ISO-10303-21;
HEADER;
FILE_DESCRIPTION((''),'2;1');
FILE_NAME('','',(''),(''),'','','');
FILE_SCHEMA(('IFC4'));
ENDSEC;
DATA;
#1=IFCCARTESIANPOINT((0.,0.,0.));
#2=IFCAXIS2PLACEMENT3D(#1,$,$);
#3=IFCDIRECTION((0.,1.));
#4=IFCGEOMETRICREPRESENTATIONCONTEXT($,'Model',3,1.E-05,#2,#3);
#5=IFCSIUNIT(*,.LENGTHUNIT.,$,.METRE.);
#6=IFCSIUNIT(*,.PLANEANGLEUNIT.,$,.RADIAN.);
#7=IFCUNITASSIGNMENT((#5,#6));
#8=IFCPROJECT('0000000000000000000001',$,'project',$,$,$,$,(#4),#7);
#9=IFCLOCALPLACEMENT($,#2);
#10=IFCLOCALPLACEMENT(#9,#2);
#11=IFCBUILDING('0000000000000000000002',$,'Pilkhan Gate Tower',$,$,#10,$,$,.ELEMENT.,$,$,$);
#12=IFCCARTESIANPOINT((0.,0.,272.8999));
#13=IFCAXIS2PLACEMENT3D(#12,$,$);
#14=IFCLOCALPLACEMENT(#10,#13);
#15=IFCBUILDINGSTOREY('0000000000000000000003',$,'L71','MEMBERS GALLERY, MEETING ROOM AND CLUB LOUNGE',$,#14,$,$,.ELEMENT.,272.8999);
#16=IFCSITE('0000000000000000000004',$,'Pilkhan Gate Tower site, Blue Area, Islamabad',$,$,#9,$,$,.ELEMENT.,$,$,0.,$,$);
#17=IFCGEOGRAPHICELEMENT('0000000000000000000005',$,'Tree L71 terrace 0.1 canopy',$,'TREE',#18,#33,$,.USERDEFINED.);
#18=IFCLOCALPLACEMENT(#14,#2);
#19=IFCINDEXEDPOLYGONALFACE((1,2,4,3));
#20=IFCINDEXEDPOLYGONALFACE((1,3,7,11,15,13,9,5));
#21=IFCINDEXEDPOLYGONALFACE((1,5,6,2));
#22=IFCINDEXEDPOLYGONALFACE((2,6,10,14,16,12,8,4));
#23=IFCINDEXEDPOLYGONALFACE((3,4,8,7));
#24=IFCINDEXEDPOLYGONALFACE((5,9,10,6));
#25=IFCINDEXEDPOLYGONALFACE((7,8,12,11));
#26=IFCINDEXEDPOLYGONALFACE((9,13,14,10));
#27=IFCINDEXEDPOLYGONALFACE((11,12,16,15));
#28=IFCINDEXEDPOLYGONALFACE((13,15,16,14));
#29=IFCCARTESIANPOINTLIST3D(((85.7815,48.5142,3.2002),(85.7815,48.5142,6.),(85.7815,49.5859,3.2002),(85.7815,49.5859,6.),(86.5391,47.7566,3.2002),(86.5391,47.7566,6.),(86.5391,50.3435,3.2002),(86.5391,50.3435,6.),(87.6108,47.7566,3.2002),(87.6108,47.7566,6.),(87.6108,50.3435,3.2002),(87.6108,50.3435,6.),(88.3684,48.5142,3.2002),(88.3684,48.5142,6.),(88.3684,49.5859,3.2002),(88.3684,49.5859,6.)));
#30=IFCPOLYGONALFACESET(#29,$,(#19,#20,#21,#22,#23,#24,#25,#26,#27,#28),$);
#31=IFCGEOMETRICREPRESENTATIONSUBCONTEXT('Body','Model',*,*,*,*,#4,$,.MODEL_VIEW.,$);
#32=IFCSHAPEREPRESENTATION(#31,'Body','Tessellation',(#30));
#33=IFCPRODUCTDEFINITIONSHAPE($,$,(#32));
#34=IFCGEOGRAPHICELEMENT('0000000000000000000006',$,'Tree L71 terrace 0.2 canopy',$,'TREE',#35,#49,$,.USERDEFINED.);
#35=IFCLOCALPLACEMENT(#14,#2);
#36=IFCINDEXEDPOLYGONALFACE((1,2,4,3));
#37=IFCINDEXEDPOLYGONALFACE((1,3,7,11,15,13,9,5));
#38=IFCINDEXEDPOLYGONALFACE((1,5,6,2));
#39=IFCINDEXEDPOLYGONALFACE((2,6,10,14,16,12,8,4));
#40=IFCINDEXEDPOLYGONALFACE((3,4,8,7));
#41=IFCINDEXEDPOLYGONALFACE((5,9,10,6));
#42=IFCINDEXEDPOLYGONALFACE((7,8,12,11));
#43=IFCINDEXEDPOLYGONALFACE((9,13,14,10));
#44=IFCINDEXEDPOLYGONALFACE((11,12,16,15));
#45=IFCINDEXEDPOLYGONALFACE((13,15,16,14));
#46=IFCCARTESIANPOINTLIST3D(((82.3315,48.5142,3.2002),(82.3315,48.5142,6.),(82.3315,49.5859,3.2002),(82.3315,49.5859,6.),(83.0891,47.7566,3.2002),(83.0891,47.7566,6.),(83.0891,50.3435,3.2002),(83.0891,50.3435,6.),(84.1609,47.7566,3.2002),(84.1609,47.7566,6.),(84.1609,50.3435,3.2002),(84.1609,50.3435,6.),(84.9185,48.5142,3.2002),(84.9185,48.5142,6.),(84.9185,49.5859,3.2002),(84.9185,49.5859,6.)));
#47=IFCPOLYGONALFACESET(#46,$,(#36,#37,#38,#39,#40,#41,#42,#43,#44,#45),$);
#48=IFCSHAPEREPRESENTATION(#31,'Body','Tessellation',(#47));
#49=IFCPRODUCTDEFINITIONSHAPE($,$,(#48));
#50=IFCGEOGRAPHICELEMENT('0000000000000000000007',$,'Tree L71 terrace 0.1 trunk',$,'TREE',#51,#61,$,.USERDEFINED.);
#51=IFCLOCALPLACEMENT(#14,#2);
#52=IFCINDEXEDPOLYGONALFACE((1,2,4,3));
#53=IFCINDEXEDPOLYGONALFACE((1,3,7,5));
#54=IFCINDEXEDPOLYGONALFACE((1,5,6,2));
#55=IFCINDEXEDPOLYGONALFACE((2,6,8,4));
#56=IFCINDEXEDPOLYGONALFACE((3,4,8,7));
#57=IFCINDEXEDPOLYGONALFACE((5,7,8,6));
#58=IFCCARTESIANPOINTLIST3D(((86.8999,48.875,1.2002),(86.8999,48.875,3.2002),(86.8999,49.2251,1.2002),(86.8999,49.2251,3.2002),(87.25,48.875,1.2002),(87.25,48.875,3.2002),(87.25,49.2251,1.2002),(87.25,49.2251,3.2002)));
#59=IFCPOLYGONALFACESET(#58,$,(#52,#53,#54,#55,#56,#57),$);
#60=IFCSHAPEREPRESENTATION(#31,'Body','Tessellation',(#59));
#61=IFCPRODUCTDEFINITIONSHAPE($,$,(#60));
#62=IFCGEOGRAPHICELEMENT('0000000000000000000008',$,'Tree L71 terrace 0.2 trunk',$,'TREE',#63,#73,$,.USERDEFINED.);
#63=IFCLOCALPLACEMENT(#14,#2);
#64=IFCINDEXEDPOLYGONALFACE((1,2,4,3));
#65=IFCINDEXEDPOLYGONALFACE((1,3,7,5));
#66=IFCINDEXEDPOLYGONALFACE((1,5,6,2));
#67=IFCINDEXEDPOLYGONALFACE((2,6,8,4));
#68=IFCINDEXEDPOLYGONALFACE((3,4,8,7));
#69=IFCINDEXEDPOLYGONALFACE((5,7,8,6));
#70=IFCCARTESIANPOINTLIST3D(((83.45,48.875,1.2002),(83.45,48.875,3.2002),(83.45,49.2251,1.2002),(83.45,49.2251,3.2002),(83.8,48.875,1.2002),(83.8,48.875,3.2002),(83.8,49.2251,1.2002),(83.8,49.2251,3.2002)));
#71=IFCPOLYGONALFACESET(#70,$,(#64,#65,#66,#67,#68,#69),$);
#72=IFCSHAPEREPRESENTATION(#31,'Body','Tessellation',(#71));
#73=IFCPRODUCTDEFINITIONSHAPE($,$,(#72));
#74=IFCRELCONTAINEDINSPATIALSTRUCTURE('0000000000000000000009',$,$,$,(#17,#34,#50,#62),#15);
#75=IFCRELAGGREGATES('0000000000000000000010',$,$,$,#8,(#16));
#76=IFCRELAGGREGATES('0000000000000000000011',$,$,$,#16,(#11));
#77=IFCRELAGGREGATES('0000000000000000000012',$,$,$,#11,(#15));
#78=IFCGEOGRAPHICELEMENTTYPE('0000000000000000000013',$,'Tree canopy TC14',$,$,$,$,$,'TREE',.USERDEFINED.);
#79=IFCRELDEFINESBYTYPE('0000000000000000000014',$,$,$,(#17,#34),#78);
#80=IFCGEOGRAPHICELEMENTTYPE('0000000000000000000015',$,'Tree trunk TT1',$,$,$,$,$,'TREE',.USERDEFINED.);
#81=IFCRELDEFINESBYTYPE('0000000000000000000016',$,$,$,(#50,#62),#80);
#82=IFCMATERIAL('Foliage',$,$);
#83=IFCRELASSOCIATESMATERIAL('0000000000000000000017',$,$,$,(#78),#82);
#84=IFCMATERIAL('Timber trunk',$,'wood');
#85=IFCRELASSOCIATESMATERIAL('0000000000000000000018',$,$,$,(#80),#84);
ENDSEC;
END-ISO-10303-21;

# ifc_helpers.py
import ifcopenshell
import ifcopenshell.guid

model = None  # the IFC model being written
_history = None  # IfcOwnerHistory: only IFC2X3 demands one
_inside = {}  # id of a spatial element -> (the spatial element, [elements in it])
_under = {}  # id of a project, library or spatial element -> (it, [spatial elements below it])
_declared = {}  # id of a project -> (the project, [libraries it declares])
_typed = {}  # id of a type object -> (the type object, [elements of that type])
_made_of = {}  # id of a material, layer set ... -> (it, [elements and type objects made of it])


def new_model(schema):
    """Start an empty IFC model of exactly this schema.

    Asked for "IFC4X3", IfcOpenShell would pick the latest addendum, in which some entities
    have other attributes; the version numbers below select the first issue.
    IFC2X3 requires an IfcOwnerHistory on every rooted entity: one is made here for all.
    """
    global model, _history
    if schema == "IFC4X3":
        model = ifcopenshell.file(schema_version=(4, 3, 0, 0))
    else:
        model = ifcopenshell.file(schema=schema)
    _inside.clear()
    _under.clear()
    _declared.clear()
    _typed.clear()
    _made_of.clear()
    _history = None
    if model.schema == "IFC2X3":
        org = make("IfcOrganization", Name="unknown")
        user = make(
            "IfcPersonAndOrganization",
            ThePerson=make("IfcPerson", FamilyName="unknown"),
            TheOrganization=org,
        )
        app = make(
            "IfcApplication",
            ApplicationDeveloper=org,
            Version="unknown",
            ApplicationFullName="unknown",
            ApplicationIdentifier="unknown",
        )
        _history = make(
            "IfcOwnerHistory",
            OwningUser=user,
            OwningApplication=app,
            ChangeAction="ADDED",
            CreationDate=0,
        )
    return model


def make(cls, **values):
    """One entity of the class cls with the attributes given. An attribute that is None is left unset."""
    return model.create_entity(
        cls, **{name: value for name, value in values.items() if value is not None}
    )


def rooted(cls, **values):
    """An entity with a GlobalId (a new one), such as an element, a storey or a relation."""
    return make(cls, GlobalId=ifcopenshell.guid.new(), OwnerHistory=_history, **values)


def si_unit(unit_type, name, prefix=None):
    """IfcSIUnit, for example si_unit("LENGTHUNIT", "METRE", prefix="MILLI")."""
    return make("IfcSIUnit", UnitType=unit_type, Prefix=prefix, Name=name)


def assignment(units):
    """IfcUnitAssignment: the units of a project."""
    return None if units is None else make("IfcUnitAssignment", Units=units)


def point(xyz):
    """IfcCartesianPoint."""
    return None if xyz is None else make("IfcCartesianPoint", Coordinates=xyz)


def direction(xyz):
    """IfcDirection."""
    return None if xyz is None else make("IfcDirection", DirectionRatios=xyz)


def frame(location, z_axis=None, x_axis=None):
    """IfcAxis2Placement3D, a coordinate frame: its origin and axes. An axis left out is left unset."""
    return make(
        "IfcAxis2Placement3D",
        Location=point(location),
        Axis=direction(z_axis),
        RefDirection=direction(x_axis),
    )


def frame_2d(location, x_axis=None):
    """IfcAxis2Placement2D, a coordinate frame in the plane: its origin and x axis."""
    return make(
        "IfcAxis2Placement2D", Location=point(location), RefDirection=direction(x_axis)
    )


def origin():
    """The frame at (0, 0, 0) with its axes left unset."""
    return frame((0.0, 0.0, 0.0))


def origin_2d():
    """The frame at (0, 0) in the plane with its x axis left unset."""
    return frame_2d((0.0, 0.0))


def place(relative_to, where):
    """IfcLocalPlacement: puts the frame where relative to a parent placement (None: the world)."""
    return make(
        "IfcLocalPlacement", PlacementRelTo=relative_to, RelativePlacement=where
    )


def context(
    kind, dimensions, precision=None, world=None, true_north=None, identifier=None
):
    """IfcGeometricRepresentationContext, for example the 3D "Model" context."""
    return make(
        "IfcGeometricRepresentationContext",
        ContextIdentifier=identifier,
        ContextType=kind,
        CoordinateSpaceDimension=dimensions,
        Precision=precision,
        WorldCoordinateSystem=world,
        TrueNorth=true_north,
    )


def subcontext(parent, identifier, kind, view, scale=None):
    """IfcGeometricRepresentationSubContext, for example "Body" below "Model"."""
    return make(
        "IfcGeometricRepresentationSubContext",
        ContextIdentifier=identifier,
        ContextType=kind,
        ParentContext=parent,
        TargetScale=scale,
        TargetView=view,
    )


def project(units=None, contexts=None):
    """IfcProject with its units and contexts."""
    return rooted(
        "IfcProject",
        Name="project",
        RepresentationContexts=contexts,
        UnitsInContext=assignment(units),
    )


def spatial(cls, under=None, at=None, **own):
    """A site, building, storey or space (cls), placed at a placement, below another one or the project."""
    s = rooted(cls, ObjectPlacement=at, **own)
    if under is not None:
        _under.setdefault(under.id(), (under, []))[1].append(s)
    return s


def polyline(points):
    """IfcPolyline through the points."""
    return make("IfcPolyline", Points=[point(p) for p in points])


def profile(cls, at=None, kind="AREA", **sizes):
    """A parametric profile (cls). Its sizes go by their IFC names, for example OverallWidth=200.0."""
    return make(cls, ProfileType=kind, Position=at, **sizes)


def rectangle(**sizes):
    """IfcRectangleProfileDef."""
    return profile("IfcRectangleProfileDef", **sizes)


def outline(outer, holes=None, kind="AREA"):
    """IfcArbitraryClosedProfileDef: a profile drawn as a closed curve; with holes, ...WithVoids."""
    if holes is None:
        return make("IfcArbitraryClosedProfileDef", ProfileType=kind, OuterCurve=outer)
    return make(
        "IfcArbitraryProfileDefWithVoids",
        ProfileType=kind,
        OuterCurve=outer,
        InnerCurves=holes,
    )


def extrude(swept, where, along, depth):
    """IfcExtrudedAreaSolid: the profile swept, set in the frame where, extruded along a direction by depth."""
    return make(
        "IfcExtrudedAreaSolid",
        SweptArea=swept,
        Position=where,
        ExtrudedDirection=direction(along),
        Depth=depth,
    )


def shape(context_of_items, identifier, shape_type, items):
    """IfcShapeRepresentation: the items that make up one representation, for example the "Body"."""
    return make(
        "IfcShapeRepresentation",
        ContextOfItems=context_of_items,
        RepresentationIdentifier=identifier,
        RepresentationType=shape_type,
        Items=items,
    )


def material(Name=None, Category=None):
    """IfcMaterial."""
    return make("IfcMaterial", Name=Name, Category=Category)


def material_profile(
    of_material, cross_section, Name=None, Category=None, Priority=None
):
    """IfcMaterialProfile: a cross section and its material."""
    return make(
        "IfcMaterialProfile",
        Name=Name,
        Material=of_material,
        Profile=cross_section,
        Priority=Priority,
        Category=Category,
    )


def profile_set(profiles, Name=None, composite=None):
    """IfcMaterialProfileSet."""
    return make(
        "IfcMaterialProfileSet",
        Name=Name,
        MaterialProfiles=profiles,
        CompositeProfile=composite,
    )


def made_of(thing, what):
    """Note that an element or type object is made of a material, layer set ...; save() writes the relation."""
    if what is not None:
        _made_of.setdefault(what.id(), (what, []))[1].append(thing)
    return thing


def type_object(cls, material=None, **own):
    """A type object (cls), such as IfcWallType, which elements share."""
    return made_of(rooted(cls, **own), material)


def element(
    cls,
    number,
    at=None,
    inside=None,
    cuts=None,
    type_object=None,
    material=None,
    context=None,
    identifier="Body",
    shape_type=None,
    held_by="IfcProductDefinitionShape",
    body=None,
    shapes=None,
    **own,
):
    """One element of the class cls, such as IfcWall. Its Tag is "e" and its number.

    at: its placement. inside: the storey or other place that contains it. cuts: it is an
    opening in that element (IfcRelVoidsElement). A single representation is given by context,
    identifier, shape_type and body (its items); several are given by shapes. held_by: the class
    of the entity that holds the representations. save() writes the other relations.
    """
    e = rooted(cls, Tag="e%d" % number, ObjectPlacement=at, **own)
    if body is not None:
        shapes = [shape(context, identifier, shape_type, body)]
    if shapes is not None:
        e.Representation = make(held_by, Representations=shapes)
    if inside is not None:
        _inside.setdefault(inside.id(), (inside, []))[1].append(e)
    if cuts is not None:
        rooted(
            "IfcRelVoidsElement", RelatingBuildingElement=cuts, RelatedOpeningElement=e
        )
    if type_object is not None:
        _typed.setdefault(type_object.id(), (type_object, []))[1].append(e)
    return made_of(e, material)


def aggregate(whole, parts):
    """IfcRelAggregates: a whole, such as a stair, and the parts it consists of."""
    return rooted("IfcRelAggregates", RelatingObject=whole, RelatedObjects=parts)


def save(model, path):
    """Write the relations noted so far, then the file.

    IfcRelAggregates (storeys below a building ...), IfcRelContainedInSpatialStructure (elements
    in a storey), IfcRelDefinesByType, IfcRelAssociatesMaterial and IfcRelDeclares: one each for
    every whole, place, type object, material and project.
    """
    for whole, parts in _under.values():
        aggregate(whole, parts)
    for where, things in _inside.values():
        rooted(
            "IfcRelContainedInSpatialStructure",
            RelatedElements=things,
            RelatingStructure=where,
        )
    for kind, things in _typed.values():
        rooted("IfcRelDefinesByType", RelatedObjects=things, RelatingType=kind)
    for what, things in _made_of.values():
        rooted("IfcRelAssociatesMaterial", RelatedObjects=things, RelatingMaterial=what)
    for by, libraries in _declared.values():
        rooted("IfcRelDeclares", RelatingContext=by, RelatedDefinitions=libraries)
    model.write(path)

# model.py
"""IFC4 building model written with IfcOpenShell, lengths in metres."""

from ifc_helpers import new_model, si_unit, direction, frame, origin, origin_2d, place, context, subcontext, project, spatial, polyline, rectangle, outline, extrude, material, material_profile, profile_set, type_object, element, save


model = new_model("IFC4")

# Units and contexts
model_context = context("Model", 3, precision=1e-05, world=origin(), true_north=direction((0.0, 1.0)))
body_context = subcontext(model_context, "Body", "Model", "MODEL_VIEW")
ifc_project = project(units=[si_unit("LENGTHUNIT", "METRE"), si_unit("PLANEANGLEUNIT", "RADIAN")], contexts=[model_context])

# Site, building, storey
site_placement = place(None, origin())
site = spatial("IfcSite", under=ifc_project, at=site_placement, Name="Pilkhan Gate Tower site, Blue Area, Islamabad", CompositionType="ELEMENT", RefElevation=0.0)
building_placement = place(site_placement, origin())
building = spatial("IfcBuilding", under=site, at=building_placement, Name="Pilkhan Gate Tower", CompositionType="ELEMENT")
storey_placement = place(building_placement, frame((0.0, 0.0, 272.8999)))
storey = spatial("IfcBuildingStorey", under=building, at=storey_placement, Name="L71", Description="MEMBERS GALLERY, MEETING ROOM AND CLUB LOUNGE", CompositionType="ELEMENT", Elevation=272.8999)

# Geographic elements
ifc_material_1 = material(Name="Foliage")
ifc_material_profile_1 = material_profile(ifc_material_1, outline(polyline([(1.2935, 0.5359), (0.5359, 1.2935), (-0.5359, 1.2935), (-1.2935, 0.5359), (-1.2935, -0.5359), (-0.5359, -1.2935), (0.5359, -1.2935), (1.2935, -0.5359), (1.2935, 0.5359)])), Name="Canopy D2.8")
ifc_profile_set_1 = profile_set([ifc_material_profile_1], Name="Foliage")
geographic_element_type_1 = type_object("IfcGeographicElementType", Name="Tree canopy TC14", ElementType="TREE", PredefinedType="USERDEFINED", material=ifc_profile_set_1)
for number, where, z_axis, x_axis, name in (
    (1, (87.075, 49.05, 3.2002), (0.0, 0.0, 1.0), (1.0, 0.0, 0.0), "Tree L71 terrace 0.1 canopy"),
    (2, (83.625, 49.05, 3.2002), (0.0, 0.0, 1.0), (1.0, 0.0, 0.0), "Tree L71 terrace 0.2 canopy"),
):
    element("IfcGeographicElement", number, at=place(storey_placement, frame(where, z_axis=z_axis, x_axis=x_axis)), inside=storey, type_object=geographic_element_type_1, Name=name, ObjectType="TREE", PredefinedType="USERDEFINED", context=body_context, shape_type="SweptSolid", body=[
        extrude(outline(polyline([(1.2935, 0.5359), (0.5359, 1.2935), (-0.5359, 1.2935), (-1.2935, 0.5359), (-1.2935, -0.5359), (-0.5359, -1.2935), (0.5359, -1.2935), (1.2935, -0.5359), (1.2935, 0.5359)])), origin(), (0.0, 0.0, 1.0), 2.7998),
    ])
ifc_material_2 = material(Name="Timber trunk", Category="wood")
geographic_element_type_2 = type_object("IfcGeographicElementType", Name="Tree trunk TT1", ElementType="TREE", PredefinedType="USERDEFINED", material=ifc_material_2)
for number, where, z_axis, x_axis, name in (
    (3, (87.075, 49.05, 1.2002), (0.0, 0.0, 1.0), (1.0, 0.0, 0.0), "Tree L71 terrace 0.1 trunk"),
    (4, (83.625, 49.05, 1.2002), (0.0, 0.0, 1.0), (1.0, 0.0, 0.0), "Tree L71 terrace 0.2 trunk"),
):
    element("IfcGeographicElement", number, at=place(storey_placement, frame(where, z_axis=z_axis, x_axis=x_axis)), inside=storey, type_object=geographic_element_type_2, Name=name, ObjectType="TREE", PredefinedType="USERDEFINED", context=body_context, shape_type="SweptSolid", body=[
        extrude(rectangle(XDim=0.3501, YDim=0.3501, at=origin_2d()), origin(), (0.0, 0.0, 1.0), 2.0),
    ])

save(model, "model.ifc")
